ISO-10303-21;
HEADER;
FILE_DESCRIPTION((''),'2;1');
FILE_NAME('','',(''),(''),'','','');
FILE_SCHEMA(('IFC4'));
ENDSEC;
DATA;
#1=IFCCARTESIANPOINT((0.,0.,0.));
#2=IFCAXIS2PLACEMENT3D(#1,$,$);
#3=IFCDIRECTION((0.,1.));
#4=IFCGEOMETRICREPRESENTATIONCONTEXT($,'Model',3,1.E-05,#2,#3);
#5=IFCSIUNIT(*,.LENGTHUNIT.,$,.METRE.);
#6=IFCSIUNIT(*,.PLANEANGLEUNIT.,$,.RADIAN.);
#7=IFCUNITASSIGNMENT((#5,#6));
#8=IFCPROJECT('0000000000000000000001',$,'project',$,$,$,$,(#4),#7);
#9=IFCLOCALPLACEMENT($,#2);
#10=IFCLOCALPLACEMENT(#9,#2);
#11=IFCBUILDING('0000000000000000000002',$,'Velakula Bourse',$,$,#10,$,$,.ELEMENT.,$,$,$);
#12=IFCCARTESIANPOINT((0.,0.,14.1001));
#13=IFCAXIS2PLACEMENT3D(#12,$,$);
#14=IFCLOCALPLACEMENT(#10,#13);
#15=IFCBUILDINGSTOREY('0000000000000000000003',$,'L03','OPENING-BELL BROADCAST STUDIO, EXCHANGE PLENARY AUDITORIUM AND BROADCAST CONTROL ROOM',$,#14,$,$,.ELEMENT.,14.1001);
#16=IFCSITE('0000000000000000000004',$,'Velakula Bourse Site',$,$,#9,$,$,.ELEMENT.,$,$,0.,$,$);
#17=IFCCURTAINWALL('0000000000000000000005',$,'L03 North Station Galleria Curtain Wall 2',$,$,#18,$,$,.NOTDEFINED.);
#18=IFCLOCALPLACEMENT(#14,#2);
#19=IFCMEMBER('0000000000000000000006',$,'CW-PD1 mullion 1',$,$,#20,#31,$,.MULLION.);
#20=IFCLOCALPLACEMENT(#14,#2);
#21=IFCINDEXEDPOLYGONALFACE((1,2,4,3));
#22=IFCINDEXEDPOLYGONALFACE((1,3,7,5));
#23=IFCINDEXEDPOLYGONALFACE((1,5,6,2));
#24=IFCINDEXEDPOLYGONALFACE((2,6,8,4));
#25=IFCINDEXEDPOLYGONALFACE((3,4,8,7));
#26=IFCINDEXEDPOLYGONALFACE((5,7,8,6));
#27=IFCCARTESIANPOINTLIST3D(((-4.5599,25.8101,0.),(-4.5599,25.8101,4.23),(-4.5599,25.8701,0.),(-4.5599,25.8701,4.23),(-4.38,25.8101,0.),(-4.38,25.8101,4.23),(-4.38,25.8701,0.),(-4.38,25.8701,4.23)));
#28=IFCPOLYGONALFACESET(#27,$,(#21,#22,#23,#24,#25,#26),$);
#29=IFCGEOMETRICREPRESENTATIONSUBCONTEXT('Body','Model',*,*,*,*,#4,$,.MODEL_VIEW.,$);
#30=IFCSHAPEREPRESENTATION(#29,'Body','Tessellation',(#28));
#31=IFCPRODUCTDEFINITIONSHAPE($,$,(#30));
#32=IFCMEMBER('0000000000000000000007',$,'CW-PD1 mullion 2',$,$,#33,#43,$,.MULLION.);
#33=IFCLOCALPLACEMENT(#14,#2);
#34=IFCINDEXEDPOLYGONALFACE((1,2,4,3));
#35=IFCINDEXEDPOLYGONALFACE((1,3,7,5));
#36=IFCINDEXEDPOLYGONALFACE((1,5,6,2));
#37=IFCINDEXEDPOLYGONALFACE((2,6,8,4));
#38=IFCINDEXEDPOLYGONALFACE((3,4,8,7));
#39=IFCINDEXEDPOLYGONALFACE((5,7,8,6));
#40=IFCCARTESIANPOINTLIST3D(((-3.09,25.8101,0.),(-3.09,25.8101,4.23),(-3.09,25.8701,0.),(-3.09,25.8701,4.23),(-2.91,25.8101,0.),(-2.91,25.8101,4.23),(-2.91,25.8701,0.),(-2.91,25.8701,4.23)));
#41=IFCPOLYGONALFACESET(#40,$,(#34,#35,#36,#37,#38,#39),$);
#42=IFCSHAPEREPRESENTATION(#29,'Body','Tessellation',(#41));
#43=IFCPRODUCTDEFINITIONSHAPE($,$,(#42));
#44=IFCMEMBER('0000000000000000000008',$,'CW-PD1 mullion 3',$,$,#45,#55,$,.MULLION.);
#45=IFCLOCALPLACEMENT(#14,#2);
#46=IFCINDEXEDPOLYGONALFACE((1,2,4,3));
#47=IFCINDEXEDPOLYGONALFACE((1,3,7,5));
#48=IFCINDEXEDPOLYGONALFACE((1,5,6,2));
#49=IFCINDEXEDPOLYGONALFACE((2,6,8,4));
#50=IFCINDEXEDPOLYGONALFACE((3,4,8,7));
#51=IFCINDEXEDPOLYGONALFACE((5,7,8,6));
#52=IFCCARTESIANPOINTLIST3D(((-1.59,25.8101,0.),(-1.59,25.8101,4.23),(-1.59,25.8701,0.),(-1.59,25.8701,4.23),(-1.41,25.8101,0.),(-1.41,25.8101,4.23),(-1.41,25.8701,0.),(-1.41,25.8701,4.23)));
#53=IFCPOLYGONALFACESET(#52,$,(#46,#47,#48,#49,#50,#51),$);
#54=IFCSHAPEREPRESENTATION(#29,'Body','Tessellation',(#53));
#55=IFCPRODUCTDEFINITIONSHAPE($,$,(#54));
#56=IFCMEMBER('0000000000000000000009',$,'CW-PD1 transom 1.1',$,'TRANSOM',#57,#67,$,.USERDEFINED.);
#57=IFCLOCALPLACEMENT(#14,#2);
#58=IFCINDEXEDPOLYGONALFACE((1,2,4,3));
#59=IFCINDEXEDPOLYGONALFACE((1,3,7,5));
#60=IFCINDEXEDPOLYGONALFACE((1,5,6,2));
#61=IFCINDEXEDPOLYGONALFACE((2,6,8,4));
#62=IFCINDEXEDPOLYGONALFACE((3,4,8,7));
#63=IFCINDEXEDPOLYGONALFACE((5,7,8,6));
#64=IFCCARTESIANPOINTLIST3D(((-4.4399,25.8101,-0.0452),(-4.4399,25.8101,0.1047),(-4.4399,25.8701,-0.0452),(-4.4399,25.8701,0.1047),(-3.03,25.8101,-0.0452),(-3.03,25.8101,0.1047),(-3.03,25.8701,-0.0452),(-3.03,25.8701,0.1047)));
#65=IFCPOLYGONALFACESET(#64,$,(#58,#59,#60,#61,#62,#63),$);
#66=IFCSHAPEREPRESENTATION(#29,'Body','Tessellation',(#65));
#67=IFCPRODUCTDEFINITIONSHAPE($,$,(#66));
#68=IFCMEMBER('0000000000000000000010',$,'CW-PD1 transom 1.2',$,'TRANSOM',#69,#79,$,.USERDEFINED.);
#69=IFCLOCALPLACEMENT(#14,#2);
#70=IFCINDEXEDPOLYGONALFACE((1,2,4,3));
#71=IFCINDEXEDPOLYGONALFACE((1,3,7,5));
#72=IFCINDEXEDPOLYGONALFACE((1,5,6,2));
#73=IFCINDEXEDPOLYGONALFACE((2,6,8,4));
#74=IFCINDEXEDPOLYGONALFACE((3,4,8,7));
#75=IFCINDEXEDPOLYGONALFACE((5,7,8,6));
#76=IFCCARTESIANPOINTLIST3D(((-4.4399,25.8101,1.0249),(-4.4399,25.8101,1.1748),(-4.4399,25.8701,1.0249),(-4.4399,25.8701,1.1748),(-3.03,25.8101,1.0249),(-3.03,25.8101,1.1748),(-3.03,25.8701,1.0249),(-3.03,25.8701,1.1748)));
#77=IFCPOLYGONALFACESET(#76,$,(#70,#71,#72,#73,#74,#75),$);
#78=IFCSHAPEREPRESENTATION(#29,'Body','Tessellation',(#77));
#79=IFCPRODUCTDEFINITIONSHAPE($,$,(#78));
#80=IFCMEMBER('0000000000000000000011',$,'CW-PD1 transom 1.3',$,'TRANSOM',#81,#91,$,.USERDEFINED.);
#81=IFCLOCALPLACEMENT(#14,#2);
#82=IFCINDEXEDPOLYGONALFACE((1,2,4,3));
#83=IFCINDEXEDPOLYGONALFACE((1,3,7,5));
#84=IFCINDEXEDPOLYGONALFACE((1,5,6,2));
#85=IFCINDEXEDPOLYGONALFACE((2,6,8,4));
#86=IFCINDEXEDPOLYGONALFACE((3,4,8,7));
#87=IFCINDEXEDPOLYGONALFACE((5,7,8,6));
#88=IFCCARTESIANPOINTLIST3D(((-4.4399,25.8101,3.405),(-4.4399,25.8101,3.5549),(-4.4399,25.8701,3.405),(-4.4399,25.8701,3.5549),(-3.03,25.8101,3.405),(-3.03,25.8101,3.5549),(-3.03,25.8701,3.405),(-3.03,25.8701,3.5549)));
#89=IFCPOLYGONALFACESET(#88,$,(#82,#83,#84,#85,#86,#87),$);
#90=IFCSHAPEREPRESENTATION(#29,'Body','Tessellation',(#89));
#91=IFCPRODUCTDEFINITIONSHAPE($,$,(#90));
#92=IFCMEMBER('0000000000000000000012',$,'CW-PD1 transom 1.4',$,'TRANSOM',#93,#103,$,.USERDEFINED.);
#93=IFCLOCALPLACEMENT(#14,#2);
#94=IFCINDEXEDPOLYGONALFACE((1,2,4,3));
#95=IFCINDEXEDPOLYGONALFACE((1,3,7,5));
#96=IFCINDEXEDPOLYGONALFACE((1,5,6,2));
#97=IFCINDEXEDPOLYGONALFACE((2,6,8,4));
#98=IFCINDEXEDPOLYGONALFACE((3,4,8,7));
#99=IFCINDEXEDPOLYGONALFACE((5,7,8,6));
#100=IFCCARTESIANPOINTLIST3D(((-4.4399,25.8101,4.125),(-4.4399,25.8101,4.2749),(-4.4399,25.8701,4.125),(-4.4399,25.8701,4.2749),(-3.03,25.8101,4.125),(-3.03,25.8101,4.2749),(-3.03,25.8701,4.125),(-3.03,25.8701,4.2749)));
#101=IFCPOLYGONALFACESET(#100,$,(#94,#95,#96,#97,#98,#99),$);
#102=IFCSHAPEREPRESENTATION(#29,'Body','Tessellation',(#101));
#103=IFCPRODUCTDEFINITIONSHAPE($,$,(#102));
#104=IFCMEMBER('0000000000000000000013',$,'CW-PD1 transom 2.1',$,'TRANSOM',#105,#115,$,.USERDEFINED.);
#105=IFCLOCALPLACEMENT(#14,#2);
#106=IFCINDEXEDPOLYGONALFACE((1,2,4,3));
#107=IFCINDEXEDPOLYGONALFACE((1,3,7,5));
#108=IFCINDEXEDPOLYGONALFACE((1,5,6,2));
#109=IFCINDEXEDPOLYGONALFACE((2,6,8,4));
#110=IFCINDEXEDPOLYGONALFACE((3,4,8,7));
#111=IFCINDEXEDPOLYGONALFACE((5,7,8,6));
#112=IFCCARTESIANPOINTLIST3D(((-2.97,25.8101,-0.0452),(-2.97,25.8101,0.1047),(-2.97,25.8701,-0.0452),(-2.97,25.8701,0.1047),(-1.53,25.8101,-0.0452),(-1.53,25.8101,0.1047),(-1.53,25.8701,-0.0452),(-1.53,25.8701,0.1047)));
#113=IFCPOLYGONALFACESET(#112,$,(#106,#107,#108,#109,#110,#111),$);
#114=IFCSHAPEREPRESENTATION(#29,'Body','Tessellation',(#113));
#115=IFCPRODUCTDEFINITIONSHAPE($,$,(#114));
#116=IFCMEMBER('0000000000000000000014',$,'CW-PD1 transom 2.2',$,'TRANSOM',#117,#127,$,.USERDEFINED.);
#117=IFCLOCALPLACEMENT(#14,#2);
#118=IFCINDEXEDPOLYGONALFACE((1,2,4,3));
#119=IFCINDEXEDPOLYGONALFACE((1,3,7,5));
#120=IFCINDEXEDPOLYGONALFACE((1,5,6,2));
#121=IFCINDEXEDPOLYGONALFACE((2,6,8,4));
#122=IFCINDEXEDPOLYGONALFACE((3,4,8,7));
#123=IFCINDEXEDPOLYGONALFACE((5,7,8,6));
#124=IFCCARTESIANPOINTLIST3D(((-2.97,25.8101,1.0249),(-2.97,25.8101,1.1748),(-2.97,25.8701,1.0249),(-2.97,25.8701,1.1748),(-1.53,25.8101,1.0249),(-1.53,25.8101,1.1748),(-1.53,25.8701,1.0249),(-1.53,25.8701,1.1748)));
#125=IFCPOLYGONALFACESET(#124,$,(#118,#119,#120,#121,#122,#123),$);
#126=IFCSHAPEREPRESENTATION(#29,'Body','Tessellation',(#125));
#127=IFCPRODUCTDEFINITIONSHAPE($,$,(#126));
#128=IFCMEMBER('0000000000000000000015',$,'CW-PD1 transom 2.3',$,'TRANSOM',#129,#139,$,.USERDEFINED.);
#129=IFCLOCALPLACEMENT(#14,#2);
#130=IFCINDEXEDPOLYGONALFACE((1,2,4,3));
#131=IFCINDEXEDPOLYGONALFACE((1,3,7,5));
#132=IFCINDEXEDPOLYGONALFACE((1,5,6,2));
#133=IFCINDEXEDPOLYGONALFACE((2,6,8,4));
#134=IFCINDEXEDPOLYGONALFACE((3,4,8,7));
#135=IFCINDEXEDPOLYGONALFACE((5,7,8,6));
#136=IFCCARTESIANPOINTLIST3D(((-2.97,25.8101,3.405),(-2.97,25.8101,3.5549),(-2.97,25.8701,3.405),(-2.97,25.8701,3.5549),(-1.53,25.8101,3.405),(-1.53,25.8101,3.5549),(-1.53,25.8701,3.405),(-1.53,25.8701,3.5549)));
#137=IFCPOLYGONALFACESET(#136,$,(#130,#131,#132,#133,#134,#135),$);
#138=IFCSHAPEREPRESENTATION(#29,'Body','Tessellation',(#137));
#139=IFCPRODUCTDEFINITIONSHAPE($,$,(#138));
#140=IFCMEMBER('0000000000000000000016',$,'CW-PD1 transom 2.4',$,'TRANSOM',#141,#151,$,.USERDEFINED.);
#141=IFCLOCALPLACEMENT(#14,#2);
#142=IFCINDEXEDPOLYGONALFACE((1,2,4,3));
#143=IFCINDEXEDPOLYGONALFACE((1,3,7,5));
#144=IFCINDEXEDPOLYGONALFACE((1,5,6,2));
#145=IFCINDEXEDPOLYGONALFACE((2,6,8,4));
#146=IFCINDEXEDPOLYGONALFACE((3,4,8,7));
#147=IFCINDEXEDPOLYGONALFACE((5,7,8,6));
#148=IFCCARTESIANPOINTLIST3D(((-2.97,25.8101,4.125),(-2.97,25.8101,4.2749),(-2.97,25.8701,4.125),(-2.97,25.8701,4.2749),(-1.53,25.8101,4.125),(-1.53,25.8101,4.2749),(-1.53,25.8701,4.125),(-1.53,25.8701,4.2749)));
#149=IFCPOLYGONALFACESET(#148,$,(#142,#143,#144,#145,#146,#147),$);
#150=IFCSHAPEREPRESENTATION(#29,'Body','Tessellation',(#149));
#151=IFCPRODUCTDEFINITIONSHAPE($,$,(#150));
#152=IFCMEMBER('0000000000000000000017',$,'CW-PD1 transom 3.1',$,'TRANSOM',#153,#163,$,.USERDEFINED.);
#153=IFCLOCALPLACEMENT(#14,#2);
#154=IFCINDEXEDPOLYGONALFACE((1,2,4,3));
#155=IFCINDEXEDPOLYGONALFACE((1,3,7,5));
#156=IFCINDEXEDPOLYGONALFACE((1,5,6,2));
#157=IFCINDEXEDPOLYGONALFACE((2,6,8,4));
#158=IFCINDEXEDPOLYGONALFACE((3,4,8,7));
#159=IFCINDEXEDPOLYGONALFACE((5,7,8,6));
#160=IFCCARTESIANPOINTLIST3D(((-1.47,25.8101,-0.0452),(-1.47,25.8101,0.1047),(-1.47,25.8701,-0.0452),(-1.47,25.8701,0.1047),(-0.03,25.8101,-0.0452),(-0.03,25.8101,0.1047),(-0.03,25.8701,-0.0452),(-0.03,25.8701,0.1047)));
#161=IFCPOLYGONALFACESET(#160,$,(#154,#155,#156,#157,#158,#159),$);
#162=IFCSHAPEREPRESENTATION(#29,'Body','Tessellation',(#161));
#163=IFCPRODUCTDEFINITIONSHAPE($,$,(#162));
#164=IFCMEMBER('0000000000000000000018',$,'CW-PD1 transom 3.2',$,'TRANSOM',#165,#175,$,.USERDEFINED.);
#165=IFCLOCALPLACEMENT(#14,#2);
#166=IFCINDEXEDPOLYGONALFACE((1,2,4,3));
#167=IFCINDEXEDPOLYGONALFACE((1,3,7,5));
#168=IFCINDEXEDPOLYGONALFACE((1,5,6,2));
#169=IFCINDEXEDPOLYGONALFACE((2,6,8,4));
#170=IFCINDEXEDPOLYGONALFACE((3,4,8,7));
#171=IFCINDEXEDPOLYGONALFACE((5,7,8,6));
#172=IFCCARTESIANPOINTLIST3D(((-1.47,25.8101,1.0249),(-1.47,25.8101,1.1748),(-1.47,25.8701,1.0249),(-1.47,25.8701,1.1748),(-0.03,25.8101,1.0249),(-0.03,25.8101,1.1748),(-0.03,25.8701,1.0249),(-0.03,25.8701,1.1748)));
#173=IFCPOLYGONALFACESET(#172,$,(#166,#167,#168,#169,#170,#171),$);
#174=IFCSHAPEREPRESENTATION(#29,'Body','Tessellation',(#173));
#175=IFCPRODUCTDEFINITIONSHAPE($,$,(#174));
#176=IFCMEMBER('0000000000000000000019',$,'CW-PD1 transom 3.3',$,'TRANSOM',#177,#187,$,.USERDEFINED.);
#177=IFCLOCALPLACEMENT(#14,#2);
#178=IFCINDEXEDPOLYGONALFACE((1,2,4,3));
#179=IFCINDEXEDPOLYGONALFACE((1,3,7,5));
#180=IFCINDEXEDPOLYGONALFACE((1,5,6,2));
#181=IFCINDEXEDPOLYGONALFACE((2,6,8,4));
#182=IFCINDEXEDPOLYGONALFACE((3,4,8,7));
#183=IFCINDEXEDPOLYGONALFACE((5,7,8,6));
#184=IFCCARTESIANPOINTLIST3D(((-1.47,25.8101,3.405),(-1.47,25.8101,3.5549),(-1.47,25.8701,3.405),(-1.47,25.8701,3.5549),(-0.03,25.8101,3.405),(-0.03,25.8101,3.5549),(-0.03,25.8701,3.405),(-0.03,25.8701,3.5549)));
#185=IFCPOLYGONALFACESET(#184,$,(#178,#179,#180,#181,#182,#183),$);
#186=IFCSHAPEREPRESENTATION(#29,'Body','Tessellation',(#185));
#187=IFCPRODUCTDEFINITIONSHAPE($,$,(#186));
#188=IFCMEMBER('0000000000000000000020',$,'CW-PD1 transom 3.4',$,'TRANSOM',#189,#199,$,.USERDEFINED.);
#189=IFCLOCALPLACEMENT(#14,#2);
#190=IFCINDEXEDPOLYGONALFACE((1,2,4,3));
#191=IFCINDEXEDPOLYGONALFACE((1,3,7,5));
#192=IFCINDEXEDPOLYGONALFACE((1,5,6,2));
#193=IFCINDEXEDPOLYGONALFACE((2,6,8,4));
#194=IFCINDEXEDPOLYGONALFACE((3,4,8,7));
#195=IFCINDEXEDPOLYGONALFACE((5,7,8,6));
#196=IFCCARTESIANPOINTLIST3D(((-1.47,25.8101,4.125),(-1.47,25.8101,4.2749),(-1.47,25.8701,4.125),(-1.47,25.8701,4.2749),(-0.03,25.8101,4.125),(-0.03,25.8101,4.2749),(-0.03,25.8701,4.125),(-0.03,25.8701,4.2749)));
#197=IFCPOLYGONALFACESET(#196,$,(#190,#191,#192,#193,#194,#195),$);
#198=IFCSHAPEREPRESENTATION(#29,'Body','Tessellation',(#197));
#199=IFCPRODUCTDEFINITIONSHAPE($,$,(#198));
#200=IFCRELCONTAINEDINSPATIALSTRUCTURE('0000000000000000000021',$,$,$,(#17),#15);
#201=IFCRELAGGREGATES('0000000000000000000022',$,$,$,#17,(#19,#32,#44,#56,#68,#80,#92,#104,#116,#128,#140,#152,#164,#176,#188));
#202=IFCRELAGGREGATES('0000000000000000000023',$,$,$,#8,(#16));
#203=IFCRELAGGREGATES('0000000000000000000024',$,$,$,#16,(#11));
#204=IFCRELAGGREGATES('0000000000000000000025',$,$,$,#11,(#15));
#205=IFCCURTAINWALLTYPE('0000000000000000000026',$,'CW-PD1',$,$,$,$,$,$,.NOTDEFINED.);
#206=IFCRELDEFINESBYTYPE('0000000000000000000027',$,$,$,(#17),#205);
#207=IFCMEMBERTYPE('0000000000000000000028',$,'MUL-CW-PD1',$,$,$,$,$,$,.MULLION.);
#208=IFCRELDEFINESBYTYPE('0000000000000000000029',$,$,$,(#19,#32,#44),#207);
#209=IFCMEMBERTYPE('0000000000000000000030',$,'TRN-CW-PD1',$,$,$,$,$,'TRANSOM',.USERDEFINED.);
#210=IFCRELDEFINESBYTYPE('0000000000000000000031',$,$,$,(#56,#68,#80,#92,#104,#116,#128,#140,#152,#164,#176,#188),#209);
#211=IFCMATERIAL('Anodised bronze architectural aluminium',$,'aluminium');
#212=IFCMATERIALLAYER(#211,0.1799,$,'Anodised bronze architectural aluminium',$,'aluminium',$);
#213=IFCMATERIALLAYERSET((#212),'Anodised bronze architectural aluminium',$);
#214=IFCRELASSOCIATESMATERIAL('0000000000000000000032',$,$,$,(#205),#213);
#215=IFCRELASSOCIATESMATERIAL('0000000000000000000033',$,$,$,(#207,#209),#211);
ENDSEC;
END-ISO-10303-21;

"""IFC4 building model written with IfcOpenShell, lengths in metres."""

from ifc_helpers import new_model, si_unit, direction, frame, origin, origin_2d, place, context, subcontext, project, spatial, rectangle, extrude, material, layer, layer_set, material_profile, profile_set, type_object, element, aggregate, save


model = new_model("IFC4")

# Units and contexts
model_context = context("Model", 3, precision=1e-05, world=origin(), true_north=direction((0.0, 1.0)))
body_context = subcontext(model_context, "Body", "Model", "MODEL_VIEW")
ifc_project = project(units=[si_unit("LENGTHUNIT", "METRE"), si_unit("PLANEANGLEUNIT", "RADIAN")], contexts=[model_context])

# Site, building, storey
site_placement = place(None, origin())
site = spatial("IfcSite", under=ifc_project, at=site_placement, Name="Velakula Bourse Site", CompositionType="ELEMENT", RefElevation=0.0)
building_placement = place(site_placement, origin())
building = spatial("IfcBuilding", under=site, at=building_placement, Name="Velakula Bourse", CompositionType="ELEMENT")
storey_placement = place(building_placement, frame((0.0, 0.0, 14.1001)))
storey = spatial("IfcBuildingStorey", under=building, at=storey_placement, Name="L03", Description="OPENING-BELL BROADCAST STUDIO, EXCHANGE PLENARY AUDITORIUM AND BROADCAST CONTROL ROOM", CompositionType="ELEMENT", Elevation=14.1001)

# Curtain wall, members
ifc_material_1 = material(Name="Anodised bronze architectural aluminium", Category="aluminium")
ifc_layer_1 = layer(ifc_material_1, 0.1799, Name="Anodised bronze architectural aluminium", Category="aluminium")
ifc_layer_set_1 = layer_set([ifc_layer_1], Name="Anodised bronze architectural aluminium")
curtain_wall_type = type_object("IfcCurtainWallType", Name="CW-PD1", PredefinedType="NOTDEFINED", material=ifc_layer_set_1)
curtain_wall_placement = place(storey_placement, origin())
curtain_wall = element("IfcCurtainWall", 1, at=curtain_wall_placement, inside=storey, type_object=curtain_wall_type, Name="L03 North Station Galleria Curtain Wall 2", PredefinedType="NOTDEFINED")
ifc_material_profile_1 = material_profile(ifc_material_1, rectangle(XDim=0.0601, YDim=0.1799, at=origin_2d()), Name="Anodised bronze architectural aluminium")
ifc_profile_set_1 = profile_set([ifc_material_profile_1], Name="Anodised bronze architectural aluminium")
member_type_1 = type_object("IfcMemberType", Name="MUL-CW-PD1", PredefinedType="MULLION", material=ifc_profile_set_1)
member_1_placement = place(storey_placement, frame((-4.47, 25.8401, 0.0), z_axis=(0.0, 0.0, 1.0), x_axis=(0.0, 1.0, 0.0)))
member_1 = element("IfcMember", 2, at=member_1_placement, type_object=member_type_1, Name="CW-PD1 mullion 1", PredefinedType="MULLION", context=body_context, shape_type="SweptSolid", body=[
    extrude(rectangle(XDim=0.0601, YDim=0.1799, at=origin_2d()), origin(), (0.0, 0.0, 1.0), 4.23),
])
member_2_placement = place(storey_placement, frame((-3.0, 25.8401, 0.0), z_axis=(0.0, 0.0, 1.0), x_axis=(0.0, 1.0, 0.0)))
member_2 = element("IfcMember", 3, at=member_2_placement, type_object=member_type_1, Name="CW-PD1 mullion 2", PredefinedType="MULLION", context=body_context, shape_type="SweptSolid", body=[
    extrude(rectangle(XDim=0.0601, YDim=0.1799, at=origin_2d()), origin(), (0.0, 0.0, 1.0), 4.23),
])
member_3_placement = place(storey_placement, frame((-1.5, 25.8401, 0.0), z_axis=(0.0, 0.0, 1.0), x_axis=(0.0, 1.0, 0.0)))
member_3 = element("IfcMember", 4, at=member_3_placement, type_object=member_type_1, Name="CW-PD1 mullion 3", PredefinedType="MULLION", context=body_context, shape_type="SweptSolid", body=[
    extrude(rectangle(XDim=0.0601, YDim=0.1799, at=origin_2d()), origin(), (0.0, 0.0, 1.0), 4.23),
])
ifc_material_profile_2 = material_profile(ifc_material_1, rectangle(XDim=0.0601, YDim=0.1499, at=origin_2d()), Name="Anodised bronze architectural aluminium")
ifc_profile_set_2 = profile_set([ifc_material_profile_2], Name="Anodised bronze architectural aluminium")
member_type_2 = type_object("IfcMemberType", Name="TRN-CW-PD1", ElementType="TRANSOM", PredefinedType="USERDEFINED", material=ifc_profile_set_2)
member_4_placement = place(storey_placement, frame((-4.4399, 25.8401, 0.0298), z_axis=(1.0, 0.0, 0.0), x_axis=(0.0, 1.0, 0.0)))
member_4 = element("IfcMember", 5, at=member_4_placement, type_object=member_type_2, Name="CW-PD1 transom 1.1", ObjectType="TRANSOM", PredefinedType="USERDEFINED", context=body_context, shape_type="SweptSolid", body=[
    extrude(rectangle(XDim=0.0601, YDim=0.1499, at=origin_2d()), origin(), (0.0, 0.0, 1.0), 1.4099),
])
member_5_placement = place(storey_placement, frame((-4.4399, 25.8401, 1.0999), z_axis=(1.0, 0.0, 0.0), x_axis=(0.0, 1.0, 0.0)))
member_5 = element("IfcMember", 6, at=member_5_placement, type_object=member_type_2, Name="CW-PD1 transom 1.2", ObjectType="TRANSOM", PredefinedType="USERDEFINED", context=body_context, shape_type="SweptSolid", body=[
    extrude(rectangle(XDim=0.0601, YDim=0.1499, at=origin_2d()), origin(), (0.0, 0.0, 1.0), 1.4099),
])
member_6_placement = place(storey_placement, frame((-4.4399, 25.8401, 3.48), z_axis=(1.0, 0.0, 0.0), x_axis=(0.0, 1.0, 0.0)))
member_6 = element("IfcMember", 7, at=member_6_placement, type_object=member_type_2, Name="CW-PD1 transom 1.3", ObjectType="TRANSOM", PredefinedType="USERDEFINED", context=body_context, shape_type="SweptSolid", body=[
    extrude(rectangle(XDim=0.0601, YDim=0.1499, at=origin_2d()), origin(), (0.0, 0.0, 1.0), 1.4099),
])
member_7_placement = place(storey_placement, frame((-4.4399, 25.8401, 4.2), z_axis=(1.0, 0.0, 0.0), x_axis=(0.0, 1.0, 0.0)))
member_7 = element("IfcMember", 8, at=member_7_placement, type_object=member_type_2, Name="CW-PD1 transom 1.4", ObjectType="TRANSOM", PredefinedType="USERDEFINED", context=body_context, shape_type="SweptSolid", body=[
    extrude(rectangle(XDim=0.0601, YDim=0.1499, at=origin_2d()), origin(), (0.0, 0.0, 1.0), 1.4099),
])
member_8_placement = place(storey_placement, frame((-2.97, 25.8401, 0.0298), z_axis=(1.0, 0.0, 0.0), x_axis=(0.0, 1.0, 0.0)))
member_8 = element("IfcMember", 9, at=member_8_placement, type_object=member_type_2, Name="CW-PD1 transom 2.1", ObjectType="TRANSOM", PredefinedType="USERDEFINED", context=body_context, shape_type="SweptSolid", body=[
    extrude(rectangle(XDim=0.0601, YDim=0.1499, at=origin_2d()), origin(), (0.0, 0.0, 1.0), 1.4399),
])
member_9_placement = place(storey_placement, frame((-2.97, 25.8401, 1.0999), z_axis=(1.0, 0.0, 0.0), x_axis=(0.0, 1.0, 0.0)))
member_9 = element("IfcMember", 10, at=member_9_placement, type_object=member_type_2, Name="CW-PD1 transom 2.2", ObjectType="TRANSOM", PredefinedType="USERDEFINED", context=body_context, shape_type="SweptSolid", body=[
    extrude(rectangle(XDim=0.0601, YDim=0.1499, at=origin_2d()), origin(), (0.0, 0.0, 1.0), 1.4399),
])
member_10_placement = place(storey_placement, frame((-2.97, 25.8401, 3.48), z_axis=(1.0, 0.0, 0.0), x_axis=(0.0, 1.0, 0.0)))
member_10 = element("IfcMember", 11, at=member_10_placement, type_object=member_type_2, Name="CW-PD1 transom 2.3", ObjectType="TRANSOM", PredefinedType="USERDEFINED", context=body_context, shape_type="SweptSolid", body=[
    extrude(rectangle(XDim=0.0601, YDim=0.1499, at=origin_2d()), origin(), (0.0, 0.0, 1.0), 1.4399),
])
member_11_placement = place(storey_placement, frame((-2.97, 25.8401, 4.2), z_axis=(1.0, 0.0, 0.0), x_axis=(0.0, 1.0, 0.0)))
member_11 = element("IfcMember", 12, at=member_11_placement, type_object=member_type_2, Name="CW-PD1 transom 2.4", ObjectType="TRANSOM", PredefinedType="USERDEFINED", context=body_context, shape_type="SweptSolid", body=[
    extrude(rectangle(XDim=0.0601, YDim=0.1499, at=origin_2d()), origin(), (0.0, 0.0, 1.0), 1.4399),
])
member_12_placement = place(storey_placement, frame((-1.47, 25.8401, 0.0298), z_axis=(1.0, 0.0, 0.0), x_axis=(0.0, 1.0, 0.0)))
member_12 = element("IfcMember", 13, at=member_12_placement, type_object=member_type_2, Name="CW-PD1 transom 3.1", ObjectType="TRANSOM", PredefinedType="USERDEFINED", context=body_context, shape_type="SweptSolid", body=[
    extrude(rectangle(XDim=0.0601, YDim=0.1499, at=origin_2d()), origin(), (0.0, 0.0, 1.0), 1.4399),
])
member_13_placement = place(storey_placement, frame((-1.47, 25.8401, 1.0999), z_axis=(1.0, 0.0, 0.0), x_axis=(0.0, 1.0, 0.0)))
member_13 = element("IfcMember", 14, at=member_13_placement, type_object=member_type_2, Name="CW-PD1 transom 3.2", ObjectType="TRANSOM", PredefinedType="USERDEFINED", context=body_context, shape_type="SweptSolid", body=[
    extrude(rectangle(XDim=0.0601, YDim=0.1499, at=origin_2d()), origin(), (0.0, 0.0, 1.0), 1.4399),
])
member_14_placement = place(storey_placement, frame((-1.47, 25.8401, 3.48), z_axis=(1.0, 0.0, 0.0), x_axis=(0.0, 1.0, 0.0)))
member_14 = element("IfcMember", 15, at=member_14_placement, type_object=member_type_2, Name="CW-PD1 transom 3.3", ObjectType="TRANSOM", PredefinedType="USERDEFINED", context=body_context, shape_type="SweptSolid", body=[
    extrude(rectangle(XDim=0.0601, YDim=0.1499, at=origin_2d()), origin(), (0.0, 0.0, 1.0), 1.4399),
])
member_15_placement = place(storey_placement, frame((-1.47, 25.8401, 4.2), z_axis=(1.0, 0.0, 0.0), x_axis=(0.0, 1.0, 0.0)))
member_15 = element("IfcMember", 16, at=member_15_placement, type_object=member_type_2, Name="CW-PD1 transom 3.4", ObjectType="TRANSOM", PredefinedType="USERDEFINED", context=body_context, shape_type="SweptSolid", body=[
    extrude(rectangle(XDim=0.0601, YDim=0.1499, at=origin_2d()), origin(), (0.0, 0.0, 1.0), 1.4399),
])
aggregate(curtain_wall, [member_1, member_2, member_3, member_4, member_5, member_6, member_7, member_8, member_9, member_10, member_11, member_12, member_13, member_14, member_15])

save(model, "model.ifc")
